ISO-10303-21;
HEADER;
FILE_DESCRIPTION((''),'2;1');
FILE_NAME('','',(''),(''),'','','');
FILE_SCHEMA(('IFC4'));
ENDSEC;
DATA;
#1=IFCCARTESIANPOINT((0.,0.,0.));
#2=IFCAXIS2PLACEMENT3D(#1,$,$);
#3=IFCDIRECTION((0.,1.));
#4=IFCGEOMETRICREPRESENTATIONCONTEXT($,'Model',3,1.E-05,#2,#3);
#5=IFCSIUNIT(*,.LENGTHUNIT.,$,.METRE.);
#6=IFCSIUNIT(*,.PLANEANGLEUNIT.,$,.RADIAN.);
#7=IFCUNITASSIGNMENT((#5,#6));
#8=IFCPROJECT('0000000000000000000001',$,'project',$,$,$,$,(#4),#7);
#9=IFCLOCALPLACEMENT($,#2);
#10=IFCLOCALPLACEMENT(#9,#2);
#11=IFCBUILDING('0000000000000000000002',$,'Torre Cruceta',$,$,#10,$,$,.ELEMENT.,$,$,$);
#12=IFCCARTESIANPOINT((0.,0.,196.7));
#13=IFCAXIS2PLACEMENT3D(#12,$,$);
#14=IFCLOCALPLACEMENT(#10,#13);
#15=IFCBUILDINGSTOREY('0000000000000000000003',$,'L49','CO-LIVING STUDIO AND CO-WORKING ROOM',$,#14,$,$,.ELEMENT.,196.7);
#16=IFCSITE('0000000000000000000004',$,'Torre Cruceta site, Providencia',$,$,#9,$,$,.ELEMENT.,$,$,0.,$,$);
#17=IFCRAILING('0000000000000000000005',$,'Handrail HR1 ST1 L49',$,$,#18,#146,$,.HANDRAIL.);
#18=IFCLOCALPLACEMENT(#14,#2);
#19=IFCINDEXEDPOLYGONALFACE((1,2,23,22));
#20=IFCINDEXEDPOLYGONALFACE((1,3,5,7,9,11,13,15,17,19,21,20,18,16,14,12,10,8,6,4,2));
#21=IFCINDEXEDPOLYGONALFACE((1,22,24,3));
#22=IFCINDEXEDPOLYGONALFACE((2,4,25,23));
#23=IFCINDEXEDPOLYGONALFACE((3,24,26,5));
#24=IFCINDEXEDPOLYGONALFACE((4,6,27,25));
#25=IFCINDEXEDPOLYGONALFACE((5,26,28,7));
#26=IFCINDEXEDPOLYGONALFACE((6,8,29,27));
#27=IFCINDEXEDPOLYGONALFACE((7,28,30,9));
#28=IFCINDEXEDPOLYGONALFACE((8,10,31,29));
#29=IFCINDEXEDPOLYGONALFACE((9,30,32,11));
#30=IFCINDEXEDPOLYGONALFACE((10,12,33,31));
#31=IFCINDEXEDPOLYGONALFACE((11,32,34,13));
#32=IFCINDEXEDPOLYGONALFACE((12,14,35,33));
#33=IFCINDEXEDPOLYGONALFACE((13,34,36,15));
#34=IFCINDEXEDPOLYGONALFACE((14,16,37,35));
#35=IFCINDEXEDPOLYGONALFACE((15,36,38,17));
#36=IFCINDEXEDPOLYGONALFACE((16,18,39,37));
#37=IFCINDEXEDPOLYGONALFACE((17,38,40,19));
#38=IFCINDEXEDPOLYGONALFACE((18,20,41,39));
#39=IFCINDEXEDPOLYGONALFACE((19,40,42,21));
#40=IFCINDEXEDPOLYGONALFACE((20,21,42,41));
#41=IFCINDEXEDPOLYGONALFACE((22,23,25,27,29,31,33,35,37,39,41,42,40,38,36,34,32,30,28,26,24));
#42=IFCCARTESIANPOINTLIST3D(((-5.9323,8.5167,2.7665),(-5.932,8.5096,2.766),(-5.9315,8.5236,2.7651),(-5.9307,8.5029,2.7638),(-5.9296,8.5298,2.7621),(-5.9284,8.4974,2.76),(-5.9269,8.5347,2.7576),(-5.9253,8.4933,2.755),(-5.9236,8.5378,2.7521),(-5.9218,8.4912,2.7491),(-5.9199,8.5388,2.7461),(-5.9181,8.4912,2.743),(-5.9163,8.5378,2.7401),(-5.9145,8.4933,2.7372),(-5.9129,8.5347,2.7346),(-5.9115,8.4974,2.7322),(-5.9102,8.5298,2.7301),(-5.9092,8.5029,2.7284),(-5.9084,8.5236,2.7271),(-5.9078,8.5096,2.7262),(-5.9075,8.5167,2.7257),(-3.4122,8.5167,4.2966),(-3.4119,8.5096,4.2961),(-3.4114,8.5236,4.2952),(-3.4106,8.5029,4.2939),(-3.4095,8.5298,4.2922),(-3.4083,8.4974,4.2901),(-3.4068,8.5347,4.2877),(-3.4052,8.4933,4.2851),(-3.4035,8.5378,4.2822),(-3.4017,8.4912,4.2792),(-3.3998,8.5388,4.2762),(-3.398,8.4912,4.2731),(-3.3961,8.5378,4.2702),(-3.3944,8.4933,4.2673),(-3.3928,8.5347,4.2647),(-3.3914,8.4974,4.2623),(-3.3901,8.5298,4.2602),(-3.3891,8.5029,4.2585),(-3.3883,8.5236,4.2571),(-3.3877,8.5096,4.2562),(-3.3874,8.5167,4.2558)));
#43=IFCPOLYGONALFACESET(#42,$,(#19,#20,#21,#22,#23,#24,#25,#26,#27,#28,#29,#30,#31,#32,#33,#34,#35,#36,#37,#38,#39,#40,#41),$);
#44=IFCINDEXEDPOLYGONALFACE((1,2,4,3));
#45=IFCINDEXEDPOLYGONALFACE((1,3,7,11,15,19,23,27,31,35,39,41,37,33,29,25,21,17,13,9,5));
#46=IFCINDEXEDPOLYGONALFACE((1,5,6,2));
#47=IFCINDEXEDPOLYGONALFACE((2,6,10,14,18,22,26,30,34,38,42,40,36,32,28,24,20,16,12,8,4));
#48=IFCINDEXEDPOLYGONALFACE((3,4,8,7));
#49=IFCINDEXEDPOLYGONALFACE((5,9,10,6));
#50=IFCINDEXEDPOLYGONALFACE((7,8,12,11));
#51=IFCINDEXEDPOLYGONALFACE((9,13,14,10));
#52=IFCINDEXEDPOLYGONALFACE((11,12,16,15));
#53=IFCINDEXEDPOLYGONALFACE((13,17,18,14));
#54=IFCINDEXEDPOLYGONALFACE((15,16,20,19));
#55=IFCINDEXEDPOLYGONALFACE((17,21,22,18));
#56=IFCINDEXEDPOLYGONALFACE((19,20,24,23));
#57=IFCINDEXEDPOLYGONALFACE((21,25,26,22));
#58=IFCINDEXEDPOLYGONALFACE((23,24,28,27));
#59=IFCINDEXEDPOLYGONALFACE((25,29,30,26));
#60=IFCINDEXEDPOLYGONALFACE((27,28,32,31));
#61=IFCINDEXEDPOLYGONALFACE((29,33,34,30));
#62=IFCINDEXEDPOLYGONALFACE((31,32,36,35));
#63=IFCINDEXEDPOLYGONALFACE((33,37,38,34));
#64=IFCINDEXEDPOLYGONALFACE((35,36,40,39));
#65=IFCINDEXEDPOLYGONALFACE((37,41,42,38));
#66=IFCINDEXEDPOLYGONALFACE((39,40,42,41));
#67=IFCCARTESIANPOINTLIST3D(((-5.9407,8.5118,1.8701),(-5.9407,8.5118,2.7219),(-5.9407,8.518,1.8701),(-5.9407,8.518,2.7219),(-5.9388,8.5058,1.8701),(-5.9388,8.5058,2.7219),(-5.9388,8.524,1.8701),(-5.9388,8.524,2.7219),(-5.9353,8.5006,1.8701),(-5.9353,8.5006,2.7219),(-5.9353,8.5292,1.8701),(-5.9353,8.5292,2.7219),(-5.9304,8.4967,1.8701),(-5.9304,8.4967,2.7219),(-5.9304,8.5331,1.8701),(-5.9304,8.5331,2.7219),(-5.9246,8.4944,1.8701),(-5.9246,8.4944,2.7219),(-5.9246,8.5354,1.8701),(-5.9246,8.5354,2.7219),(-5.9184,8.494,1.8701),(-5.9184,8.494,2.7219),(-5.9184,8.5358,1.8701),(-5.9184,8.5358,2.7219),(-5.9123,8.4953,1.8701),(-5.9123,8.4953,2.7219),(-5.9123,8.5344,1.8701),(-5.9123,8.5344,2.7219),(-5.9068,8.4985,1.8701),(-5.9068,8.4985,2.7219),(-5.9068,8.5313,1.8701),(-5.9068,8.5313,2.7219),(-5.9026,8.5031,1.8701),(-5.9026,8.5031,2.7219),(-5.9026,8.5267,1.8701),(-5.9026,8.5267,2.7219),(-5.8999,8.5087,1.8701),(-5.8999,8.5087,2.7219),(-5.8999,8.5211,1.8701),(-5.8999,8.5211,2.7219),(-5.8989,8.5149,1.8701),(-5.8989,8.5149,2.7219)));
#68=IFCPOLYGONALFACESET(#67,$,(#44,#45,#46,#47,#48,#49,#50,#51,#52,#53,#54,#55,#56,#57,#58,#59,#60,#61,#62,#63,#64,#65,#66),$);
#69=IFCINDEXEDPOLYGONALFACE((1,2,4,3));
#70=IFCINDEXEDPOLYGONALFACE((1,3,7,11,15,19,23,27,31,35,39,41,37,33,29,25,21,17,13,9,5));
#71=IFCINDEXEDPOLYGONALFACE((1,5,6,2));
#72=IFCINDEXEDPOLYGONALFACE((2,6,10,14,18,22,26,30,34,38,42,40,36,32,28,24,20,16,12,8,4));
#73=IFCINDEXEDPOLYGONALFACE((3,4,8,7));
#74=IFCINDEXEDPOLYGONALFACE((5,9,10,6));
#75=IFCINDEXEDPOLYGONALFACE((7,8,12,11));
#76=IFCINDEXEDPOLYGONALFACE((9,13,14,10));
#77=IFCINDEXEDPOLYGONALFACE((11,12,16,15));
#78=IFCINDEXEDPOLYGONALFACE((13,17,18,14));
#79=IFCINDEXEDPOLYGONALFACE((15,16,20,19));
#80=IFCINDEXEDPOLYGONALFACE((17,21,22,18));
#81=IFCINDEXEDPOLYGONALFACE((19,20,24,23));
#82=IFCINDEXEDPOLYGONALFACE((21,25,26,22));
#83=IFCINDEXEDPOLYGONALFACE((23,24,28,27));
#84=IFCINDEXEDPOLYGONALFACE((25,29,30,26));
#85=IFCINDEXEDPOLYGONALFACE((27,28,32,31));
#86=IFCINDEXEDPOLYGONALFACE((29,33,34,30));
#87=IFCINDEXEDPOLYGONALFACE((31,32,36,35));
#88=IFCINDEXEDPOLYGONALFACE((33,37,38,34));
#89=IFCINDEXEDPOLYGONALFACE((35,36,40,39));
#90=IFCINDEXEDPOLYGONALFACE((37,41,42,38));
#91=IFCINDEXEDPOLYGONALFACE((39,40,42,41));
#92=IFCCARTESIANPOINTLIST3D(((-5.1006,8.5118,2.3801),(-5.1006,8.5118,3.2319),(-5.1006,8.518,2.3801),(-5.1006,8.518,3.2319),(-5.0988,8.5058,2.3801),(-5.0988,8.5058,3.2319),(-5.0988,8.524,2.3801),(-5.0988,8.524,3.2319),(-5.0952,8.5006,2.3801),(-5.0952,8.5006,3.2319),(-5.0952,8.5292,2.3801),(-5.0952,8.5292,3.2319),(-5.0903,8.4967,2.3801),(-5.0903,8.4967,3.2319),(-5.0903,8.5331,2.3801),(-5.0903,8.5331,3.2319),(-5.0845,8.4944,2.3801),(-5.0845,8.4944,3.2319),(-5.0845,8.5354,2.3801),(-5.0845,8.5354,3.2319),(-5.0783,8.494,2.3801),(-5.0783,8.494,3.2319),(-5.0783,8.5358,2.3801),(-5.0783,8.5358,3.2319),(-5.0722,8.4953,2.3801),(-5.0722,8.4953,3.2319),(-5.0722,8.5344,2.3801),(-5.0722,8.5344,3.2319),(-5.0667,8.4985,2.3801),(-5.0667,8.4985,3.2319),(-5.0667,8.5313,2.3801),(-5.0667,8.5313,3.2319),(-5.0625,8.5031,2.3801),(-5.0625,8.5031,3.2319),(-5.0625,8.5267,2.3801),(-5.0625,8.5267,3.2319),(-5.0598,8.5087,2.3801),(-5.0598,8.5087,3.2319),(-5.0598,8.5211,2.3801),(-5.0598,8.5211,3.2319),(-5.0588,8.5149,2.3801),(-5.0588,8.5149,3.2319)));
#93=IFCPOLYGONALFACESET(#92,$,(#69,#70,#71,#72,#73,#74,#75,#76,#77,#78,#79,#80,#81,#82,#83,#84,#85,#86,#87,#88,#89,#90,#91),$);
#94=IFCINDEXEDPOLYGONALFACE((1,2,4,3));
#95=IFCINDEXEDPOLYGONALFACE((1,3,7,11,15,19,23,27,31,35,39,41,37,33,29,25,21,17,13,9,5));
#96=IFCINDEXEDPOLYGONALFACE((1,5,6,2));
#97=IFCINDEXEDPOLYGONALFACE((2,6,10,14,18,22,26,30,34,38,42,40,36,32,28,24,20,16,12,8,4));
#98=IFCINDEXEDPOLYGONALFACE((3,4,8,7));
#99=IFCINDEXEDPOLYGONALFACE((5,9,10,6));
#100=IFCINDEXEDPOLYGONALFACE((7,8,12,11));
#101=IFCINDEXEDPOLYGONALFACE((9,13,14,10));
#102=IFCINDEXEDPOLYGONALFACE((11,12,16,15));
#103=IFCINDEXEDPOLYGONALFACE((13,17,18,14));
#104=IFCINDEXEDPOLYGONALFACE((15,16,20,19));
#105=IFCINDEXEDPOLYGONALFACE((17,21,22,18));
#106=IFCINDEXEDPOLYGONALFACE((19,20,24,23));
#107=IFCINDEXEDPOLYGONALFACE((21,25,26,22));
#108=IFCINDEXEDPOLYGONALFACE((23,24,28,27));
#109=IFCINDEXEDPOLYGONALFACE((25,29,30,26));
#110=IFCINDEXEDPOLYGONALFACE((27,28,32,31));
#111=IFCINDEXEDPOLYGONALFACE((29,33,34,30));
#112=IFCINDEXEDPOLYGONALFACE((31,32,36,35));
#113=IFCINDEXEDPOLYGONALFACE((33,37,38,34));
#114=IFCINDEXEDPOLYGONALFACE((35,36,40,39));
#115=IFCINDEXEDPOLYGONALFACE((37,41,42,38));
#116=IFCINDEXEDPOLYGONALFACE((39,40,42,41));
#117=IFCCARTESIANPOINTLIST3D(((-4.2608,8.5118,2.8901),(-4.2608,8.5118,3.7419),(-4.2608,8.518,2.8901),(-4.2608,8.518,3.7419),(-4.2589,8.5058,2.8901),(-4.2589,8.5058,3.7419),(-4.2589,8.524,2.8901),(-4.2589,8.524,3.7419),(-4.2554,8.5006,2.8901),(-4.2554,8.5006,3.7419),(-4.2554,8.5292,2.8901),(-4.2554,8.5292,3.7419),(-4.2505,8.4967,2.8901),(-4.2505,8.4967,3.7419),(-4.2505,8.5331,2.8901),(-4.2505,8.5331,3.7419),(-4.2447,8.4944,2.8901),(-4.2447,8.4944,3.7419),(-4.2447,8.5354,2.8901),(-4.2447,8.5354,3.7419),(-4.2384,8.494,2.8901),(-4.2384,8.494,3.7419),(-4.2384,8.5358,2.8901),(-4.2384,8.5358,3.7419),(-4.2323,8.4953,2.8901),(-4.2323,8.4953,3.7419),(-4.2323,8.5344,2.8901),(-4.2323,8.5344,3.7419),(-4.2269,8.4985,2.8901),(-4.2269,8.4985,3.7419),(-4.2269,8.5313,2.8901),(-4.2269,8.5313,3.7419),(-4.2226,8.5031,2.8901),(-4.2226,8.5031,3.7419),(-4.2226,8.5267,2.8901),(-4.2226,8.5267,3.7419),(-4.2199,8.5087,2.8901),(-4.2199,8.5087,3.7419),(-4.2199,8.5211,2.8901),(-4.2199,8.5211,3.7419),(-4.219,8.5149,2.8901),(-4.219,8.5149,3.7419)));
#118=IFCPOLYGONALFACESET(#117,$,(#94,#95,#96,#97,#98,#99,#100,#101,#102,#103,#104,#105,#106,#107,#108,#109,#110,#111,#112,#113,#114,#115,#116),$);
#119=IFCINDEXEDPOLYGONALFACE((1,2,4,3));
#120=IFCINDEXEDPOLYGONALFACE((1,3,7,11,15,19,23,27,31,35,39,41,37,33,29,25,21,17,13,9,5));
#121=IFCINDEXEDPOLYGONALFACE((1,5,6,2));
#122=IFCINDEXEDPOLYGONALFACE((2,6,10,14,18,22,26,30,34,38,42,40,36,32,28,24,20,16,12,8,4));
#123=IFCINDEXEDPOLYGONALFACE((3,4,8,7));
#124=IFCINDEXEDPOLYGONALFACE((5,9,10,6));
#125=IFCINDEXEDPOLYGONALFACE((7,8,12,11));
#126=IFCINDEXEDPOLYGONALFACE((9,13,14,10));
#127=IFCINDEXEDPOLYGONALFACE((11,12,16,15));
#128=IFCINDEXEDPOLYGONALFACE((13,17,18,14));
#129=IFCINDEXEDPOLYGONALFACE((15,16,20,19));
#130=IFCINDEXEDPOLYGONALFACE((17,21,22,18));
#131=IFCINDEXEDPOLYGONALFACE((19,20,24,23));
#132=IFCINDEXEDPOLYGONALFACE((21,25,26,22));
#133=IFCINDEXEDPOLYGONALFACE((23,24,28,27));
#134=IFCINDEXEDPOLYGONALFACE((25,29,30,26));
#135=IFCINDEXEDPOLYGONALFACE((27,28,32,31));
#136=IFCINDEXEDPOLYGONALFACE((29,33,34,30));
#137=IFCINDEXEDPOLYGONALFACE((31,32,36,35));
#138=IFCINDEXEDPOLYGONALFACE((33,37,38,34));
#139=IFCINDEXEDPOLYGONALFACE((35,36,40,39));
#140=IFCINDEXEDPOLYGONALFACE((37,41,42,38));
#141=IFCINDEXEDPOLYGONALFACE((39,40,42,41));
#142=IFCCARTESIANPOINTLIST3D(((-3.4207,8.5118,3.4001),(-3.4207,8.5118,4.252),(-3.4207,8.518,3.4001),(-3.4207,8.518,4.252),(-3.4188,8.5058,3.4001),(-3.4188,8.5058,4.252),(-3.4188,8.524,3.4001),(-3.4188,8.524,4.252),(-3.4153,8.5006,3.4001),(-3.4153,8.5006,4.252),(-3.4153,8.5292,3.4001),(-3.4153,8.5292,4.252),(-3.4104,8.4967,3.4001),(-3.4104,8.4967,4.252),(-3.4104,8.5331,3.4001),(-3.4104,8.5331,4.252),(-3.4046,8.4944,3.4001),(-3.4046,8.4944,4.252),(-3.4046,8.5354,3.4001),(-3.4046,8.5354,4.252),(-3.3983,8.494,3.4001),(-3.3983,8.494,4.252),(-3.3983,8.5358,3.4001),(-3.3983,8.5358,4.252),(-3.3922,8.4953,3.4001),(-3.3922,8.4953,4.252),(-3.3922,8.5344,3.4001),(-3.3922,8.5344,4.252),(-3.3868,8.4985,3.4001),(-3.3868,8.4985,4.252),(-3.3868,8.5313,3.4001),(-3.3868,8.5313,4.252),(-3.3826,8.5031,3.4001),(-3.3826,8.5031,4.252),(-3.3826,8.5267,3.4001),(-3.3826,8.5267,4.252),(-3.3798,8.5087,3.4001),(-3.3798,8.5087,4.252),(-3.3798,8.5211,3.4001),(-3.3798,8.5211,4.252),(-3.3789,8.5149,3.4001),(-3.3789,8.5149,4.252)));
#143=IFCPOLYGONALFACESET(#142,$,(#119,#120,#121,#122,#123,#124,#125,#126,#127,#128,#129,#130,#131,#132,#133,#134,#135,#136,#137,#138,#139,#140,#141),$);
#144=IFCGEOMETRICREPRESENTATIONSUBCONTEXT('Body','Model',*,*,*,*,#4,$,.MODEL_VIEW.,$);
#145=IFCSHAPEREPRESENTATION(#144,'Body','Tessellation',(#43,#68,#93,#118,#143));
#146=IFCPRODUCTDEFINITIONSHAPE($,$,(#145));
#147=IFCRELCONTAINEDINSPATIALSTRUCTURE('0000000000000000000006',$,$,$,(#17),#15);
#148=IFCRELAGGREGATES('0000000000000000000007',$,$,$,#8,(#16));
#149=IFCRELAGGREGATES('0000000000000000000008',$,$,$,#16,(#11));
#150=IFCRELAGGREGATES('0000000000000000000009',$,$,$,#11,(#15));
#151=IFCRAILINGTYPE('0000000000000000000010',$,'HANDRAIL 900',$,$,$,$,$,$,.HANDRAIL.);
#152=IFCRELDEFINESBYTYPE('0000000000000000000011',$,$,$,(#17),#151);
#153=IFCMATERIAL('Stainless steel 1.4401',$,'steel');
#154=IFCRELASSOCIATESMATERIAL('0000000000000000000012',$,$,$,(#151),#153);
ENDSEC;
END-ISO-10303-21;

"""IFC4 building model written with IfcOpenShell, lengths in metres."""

from ifc_helpers import new_model, si_unit, direction, frame, origin, origin_2d, place, context, subcontext, project, spatial, circle, extrude, material, type_object, element, save


model = new_model("IFC4")

# Units and contexts
model_context = context("Model", 3, precision=1e-05, world=origin(), true_north=direction((0.0, 1.0)))
body_context = subcontext(model_context, "Body", "Model", "MODEL_VIEW")
ifc_project = project(units=[si_unit("LENGTHUNIT", "METRE"), si_unit("PLANEANGLEUNIT", "RADIAN")], contexts=[model_context])

# Site, building, storey
site_placement = place(None, origin())
site = spatial("IfcSite", under=ifc_project, at=site_placement, Name="Torre Cruceta site, Providencia", CompositionType="ELEMENT", RefElevation=0.0)
building_placement = place(site_placement, origin())
building = spatial("IfcBuilding", under=site, at=building_placement, Name="Torre Cruceta", CompositionType="ELEMENT")
storey_placement = place(building_placement, frame((0.0, 0.0, 196.7)))
storey = spatial("IfcBuildingStorey", under=building, at=storey_placement, Name="L49", Description="CO-LIVING STUDIO AND CO-WORKING ROOM", CompositionType="ELEMENT", Elevation=196.7)

# Railing
ifc_material_1 = material(Name="Stainless steel 1.4401", Category="steel")
railing_type = type_object("IfcRailingType", Name="HANDRAIL 900", PredefinedType="HANDRAIL", material=ifc_material_1)
railing_1_placement = place(storey_placement, frame((-5.9199, 8.5149, 1.8701)))
element("IfcRailing", 1, at=railing_1_placement, inside=storey, type_object=railing_type, Name="Handrail HR1 ST1 L49", PredefinedType="HANDRAIL", context=body_context, shape_type="SweptSolid", body=[
    extrude(circle(Radius=0.0239, at=origin_2d()), frame((0.0, 0.0, 0.876), z_axis=(0.854785, 0.0, 0.518982), x_axis=(0.0, 1.0, 0.0)), (0.0, 0.0, 1.0), 2.9482),
    extrude(circle(Radius=0.021, at=origin_2d()), origin(), (0.0, 0.0, 1.0), 0.8518),
    extrude(circle(Radius=0.021, at=origin_2d()), frame((0.8401, 0.0, 0.51)), (0.0, 0.0, 1.0), 0.8518),
    extrude(circle(Radius=0.021, at=origin_2d()), frame((1.6799, 0.0, 1.02)), (0.0, 0.0, 1.0), 0.8518),
    extrude(circle(Radius=0.021, at=origin_2d()), frame((2.52, 0.0, 1.53)), (0.0, 0.0, 1.0), 0.8518),
])

save(model, "model.ifc")
